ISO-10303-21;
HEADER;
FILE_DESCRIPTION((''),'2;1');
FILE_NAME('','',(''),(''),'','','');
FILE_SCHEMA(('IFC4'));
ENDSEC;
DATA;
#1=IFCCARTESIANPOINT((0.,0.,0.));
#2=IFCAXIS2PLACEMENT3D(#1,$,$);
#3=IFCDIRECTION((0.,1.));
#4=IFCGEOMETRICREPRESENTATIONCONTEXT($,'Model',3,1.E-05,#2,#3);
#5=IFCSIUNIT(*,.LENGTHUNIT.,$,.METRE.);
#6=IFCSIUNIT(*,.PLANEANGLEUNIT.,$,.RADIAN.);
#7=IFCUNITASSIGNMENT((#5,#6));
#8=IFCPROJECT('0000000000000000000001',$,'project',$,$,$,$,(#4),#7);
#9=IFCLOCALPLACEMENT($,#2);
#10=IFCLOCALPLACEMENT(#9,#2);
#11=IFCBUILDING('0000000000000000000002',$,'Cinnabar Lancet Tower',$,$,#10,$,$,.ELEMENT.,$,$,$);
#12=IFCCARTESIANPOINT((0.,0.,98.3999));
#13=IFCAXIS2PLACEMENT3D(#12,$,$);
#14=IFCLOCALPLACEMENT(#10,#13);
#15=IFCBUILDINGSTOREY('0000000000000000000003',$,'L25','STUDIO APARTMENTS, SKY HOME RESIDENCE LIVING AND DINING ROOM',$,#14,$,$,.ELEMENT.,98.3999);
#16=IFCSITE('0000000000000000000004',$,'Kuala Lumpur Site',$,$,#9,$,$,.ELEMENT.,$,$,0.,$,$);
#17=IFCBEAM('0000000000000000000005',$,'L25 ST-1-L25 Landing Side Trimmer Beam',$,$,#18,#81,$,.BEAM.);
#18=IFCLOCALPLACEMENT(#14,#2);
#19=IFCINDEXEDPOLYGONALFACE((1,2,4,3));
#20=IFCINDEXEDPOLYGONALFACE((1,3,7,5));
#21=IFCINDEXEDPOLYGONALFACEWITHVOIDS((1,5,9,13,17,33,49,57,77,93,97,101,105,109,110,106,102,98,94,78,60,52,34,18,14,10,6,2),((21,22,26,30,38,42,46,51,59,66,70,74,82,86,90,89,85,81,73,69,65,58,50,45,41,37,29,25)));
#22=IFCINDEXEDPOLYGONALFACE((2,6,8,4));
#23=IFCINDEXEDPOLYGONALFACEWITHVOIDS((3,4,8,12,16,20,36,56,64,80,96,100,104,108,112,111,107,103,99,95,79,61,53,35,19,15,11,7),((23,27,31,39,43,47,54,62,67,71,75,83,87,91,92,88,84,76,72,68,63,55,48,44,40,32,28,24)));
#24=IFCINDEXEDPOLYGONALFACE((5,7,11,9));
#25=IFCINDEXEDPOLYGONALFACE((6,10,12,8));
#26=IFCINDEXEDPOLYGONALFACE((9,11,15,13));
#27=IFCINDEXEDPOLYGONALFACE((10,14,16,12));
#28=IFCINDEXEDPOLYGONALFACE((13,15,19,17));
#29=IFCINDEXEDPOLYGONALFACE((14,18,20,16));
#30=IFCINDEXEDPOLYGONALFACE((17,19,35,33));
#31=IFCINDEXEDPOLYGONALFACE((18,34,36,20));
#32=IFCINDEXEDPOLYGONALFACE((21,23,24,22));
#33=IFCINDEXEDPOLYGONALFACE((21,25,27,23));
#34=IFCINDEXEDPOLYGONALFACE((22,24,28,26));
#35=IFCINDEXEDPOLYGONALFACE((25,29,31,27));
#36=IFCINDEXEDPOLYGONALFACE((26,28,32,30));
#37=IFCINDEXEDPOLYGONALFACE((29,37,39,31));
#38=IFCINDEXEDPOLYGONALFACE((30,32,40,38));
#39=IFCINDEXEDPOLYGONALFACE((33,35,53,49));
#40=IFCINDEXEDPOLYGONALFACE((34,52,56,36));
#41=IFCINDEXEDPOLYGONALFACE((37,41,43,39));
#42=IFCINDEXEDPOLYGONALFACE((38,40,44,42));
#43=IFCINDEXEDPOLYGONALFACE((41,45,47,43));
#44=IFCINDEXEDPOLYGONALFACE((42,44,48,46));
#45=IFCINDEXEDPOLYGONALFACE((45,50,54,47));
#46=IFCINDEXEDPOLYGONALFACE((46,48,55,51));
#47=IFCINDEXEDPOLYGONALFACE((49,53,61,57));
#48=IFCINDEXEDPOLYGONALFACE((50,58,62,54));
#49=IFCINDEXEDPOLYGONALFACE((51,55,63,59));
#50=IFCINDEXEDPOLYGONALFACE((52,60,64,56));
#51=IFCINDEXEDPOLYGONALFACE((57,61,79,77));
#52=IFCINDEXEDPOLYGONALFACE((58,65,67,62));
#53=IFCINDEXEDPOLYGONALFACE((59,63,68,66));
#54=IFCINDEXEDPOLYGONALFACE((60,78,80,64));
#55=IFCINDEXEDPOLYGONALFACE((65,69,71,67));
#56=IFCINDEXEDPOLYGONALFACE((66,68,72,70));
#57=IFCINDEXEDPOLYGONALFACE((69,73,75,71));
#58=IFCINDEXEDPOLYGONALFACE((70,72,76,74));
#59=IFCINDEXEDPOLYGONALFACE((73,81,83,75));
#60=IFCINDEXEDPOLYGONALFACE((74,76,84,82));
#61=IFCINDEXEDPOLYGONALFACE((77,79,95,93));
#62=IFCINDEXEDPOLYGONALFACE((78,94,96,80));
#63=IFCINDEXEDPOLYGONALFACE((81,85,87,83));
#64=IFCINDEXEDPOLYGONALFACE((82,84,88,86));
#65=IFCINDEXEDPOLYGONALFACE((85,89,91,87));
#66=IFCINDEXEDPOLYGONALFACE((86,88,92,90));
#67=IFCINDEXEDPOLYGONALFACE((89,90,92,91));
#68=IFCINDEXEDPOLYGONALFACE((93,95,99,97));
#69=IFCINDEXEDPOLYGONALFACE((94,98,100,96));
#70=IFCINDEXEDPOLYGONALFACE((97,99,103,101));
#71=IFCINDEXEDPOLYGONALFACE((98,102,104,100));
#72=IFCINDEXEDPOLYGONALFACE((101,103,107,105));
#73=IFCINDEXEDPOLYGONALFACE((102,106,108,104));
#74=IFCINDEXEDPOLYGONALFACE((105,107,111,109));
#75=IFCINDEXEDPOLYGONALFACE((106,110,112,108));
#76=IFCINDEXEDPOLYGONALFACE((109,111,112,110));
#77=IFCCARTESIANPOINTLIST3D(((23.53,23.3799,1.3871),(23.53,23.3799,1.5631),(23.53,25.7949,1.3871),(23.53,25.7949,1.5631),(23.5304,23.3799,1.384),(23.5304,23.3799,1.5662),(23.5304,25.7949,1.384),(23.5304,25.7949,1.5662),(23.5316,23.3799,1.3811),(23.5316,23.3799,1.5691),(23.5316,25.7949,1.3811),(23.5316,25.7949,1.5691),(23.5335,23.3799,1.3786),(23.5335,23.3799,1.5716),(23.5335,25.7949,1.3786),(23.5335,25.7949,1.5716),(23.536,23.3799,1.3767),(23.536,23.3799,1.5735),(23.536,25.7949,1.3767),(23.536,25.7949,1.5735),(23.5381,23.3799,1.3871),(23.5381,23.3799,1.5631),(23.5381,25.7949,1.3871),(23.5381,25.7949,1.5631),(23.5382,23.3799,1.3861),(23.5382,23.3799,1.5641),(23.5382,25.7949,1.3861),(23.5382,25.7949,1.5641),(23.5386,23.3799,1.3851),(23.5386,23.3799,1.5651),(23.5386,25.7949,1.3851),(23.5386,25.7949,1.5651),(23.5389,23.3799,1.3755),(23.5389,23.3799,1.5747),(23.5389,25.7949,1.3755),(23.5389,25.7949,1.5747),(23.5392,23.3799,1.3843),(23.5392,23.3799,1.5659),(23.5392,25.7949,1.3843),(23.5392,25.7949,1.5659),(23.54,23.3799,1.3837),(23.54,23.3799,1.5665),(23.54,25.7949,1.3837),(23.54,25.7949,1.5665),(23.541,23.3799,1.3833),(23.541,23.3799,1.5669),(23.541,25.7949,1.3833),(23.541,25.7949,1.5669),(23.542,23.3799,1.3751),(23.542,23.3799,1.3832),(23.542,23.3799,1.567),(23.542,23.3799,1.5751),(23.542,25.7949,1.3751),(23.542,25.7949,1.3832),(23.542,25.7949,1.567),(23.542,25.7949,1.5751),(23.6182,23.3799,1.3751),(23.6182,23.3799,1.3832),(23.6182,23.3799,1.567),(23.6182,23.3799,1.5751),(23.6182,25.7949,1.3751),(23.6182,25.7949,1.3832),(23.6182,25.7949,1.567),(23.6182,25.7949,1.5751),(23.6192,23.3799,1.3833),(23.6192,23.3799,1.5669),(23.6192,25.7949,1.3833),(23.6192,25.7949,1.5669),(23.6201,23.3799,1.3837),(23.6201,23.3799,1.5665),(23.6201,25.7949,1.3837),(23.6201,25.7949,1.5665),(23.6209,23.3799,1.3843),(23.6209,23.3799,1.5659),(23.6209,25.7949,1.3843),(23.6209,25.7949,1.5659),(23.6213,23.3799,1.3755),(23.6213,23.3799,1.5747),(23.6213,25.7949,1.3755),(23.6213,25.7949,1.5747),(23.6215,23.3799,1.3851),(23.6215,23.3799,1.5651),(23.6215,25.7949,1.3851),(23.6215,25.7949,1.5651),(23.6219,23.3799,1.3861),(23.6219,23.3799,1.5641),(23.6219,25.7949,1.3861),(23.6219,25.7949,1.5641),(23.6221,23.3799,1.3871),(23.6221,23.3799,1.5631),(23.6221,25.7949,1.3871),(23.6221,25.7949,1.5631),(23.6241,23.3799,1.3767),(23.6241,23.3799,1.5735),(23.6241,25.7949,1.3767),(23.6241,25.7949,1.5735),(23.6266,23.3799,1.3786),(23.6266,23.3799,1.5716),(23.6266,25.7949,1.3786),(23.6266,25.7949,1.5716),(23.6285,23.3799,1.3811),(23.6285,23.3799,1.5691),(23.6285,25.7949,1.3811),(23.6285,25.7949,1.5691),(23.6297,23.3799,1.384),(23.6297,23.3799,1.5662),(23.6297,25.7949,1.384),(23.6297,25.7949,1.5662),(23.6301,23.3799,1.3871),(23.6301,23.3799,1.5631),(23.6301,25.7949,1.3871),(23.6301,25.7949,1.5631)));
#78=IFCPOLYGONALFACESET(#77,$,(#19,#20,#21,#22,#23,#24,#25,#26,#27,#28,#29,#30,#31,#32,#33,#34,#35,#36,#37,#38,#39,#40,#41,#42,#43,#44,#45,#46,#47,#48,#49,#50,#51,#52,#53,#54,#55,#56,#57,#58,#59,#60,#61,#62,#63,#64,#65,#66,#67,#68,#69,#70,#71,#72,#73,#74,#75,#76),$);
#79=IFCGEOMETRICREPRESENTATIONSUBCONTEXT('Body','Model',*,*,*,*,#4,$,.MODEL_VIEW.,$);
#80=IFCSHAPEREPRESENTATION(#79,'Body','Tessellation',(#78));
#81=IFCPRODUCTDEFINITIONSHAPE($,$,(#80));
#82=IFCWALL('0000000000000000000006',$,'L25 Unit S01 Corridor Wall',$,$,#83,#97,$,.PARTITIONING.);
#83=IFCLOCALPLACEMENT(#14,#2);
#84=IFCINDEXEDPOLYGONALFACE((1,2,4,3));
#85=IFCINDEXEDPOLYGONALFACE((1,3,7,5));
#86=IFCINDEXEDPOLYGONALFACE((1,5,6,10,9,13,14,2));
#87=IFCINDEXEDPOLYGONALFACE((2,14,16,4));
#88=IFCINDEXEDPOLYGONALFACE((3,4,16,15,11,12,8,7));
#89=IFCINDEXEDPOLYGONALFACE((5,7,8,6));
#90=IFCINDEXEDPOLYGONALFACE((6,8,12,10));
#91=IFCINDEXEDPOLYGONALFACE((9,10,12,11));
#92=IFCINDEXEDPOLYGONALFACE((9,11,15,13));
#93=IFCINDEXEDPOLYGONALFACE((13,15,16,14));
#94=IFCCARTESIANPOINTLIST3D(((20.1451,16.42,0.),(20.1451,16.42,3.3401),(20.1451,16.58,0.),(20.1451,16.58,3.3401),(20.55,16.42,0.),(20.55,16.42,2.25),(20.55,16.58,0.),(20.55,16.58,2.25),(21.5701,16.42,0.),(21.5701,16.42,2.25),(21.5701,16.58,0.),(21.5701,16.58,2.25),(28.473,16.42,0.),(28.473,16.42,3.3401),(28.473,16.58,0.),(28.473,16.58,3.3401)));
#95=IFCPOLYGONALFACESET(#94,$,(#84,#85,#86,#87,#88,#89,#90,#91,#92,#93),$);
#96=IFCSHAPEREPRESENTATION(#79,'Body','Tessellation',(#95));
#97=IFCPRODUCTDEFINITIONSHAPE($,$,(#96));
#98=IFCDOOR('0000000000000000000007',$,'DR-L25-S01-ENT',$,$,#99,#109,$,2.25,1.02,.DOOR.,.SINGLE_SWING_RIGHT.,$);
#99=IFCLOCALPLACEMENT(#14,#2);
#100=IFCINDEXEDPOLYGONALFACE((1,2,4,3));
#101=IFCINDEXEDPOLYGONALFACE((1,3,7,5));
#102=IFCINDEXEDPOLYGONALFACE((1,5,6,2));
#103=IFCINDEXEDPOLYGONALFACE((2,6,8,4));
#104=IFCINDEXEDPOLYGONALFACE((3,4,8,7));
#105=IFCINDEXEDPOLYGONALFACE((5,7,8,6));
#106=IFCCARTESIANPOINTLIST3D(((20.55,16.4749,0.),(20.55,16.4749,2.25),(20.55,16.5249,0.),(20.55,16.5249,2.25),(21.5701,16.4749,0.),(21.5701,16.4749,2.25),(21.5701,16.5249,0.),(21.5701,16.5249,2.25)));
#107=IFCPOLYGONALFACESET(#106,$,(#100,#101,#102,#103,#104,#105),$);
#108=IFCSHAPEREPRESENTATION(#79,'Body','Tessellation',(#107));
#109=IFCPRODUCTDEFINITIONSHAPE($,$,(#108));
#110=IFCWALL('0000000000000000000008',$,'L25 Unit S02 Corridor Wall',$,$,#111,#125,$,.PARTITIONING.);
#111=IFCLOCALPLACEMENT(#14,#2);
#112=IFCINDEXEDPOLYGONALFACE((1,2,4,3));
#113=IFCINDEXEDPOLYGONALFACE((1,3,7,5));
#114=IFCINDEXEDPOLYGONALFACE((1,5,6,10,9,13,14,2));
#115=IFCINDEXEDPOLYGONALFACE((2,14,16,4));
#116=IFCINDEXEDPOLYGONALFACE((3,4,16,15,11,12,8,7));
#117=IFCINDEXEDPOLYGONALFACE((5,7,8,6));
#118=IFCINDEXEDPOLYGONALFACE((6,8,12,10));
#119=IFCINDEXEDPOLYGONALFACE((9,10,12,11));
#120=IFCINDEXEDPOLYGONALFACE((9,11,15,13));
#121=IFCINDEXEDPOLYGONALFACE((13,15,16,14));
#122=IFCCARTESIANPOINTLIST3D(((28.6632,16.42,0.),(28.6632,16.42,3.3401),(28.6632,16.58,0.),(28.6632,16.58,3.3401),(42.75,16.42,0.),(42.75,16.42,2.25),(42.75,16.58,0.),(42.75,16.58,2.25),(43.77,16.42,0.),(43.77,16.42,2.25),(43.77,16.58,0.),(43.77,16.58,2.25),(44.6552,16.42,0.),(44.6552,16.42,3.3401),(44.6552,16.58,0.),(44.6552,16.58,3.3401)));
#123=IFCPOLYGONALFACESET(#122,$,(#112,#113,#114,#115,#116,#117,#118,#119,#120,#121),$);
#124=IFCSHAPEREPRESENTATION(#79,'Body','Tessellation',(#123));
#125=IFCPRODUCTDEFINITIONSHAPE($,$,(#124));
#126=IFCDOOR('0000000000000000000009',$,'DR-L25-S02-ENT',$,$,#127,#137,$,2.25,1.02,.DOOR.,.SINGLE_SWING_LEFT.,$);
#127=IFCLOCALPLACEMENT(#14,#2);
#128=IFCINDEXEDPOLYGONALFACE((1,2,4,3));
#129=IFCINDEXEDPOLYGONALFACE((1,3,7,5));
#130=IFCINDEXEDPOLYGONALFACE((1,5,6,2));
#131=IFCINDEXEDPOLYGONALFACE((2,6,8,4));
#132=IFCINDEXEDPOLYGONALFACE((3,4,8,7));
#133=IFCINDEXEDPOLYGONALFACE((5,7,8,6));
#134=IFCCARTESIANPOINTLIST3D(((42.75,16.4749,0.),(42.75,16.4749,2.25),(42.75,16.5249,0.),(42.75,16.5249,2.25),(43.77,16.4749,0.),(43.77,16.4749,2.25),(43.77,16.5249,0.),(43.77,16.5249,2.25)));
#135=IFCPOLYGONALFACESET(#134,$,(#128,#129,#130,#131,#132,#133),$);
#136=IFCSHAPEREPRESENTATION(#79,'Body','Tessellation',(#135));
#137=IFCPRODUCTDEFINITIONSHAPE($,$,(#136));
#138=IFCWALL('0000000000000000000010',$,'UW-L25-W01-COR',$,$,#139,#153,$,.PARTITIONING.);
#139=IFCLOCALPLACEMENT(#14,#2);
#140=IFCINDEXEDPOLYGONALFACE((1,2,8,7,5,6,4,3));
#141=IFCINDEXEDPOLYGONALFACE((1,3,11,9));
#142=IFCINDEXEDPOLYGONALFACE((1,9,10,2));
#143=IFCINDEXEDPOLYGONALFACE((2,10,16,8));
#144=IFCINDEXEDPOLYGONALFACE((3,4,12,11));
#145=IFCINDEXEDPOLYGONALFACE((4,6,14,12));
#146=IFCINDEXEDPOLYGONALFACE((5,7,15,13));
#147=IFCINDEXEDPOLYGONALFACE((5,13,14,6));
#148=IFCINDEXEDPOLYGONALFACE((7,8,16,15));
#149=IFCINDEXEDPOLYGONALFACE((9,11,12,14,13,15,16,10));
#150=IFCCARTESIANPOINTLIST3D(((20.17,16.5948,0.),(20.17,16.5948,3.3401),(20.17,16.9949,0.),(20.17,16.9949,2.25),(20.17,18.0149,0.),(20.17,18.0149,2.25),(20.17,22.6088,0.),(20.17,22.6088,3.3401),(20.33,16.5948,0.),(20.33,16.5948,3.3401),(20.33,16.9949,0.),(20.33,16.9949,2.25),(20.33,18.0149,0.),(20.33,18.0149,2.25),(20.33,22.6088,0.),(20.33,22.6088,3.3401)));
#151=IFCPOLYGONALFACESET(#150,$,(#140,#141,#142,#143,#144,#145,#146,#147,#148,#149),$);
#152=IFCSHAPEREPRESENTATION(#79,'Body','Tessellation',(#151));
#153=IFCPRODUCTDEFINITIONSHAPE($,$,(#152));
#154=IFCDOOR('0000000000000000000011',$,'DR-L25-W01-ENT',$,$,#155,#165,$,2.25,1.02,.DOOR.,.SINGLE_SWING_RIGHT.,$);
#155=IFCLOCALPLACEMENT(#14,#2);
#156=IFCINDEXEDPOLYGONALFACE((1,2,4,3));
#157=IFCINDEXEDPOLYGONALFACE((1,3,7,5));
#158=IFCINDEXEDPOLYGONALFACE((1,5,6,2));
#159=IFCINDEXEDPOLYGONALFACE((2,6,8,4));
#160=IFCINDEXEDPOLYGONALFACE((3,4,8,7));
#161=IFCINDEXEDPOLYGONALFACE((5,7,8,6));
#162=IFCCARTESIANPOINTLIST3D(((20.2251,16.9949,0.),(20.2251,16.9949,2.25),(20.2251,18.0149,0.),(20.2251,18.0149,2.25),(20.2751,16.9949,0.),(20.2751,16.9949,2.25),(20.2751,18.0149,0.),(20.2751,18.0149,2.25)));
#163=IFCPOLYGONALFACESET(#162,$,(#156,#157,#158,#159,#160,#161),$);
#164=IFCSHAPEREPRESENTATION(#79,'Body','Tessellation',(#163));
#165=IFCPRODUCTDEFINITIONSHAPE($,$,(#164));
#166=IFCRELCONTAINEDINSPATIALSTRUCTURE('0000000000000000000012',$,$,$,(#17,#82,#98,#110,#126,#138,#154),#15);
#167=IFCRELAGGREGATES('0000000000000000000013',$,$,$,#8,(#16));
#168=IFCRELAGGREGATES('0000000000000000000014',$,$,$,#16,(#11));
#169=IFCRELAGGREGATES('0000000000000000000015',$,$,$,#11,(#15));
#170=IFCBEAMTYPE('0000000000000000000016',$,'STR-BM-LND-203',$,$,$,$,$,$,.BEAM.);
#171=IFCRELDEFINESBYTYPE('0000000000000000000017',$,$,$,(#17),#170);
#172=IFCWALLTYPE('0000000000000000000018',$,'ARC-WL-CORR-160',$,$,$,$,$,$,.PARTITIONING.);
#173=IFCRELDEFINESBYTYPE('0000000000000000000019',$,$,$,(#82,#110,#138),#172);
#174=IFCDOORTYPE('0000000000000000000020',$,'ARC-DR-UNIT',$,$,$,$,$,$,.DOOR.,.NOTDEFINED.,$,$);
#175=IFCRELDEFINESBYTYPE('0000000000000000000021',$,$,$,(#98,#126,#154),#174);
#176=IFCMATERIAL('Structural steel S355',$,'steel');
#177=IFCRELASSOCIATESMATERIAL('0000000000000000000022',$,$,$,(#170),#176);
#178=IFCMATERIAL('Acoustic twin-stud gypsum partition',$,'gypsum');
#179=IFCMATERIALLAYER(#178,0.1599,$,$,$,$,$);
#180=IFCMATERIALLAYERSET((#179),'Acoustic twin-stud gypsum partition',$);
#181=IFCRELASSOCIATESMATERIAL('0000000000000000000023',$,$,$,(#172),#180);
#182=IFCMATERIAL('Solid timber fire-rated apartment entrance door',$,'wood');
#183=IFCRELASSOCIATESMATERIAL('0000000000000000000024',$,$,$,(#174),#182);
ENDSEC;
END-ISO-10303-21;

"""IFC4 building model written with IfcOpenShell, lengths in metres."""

from ifc_helpers import new_model, si_unit, direction, frame, frame_2d, origin, origin_2d, place, context, subcontext, project, spatial, rectangle, hollow_rectangle, extrude, material, layer, layer_set, material_profile, profile_set, type_object, element, fill, save


model = new_model("IFC4")

# Units and contexts
model_context = context("Model", 3, precision=1e-05, world=origin(), true_north=direction((0.0, 1.0)))
body_context = subcontext(model_context, "Body", "Model", "MODEL_VIEW")
ifc_project = project(units=[si_unit("LENGTHUNIT", "METRE"), si_unit("PLANEANGLEUNIT", "RADIAN")], contexts=[model_context])

# Site, building, storey
site_placement = place(None, origin())
site = spatial("IfcSite", under=ifc_project, at=site_placement, Name="Kuala Lumpur Site", CompositionType="ELEMENT", RefElevation=0.0)
building_placement = place(site_placement, origin())
building = spatial("IfcBuilding", under=site, at=building_placement, Name="Cinnabar Lancet Tower", CompositionType="ELEMENT")
storey_placement = place(building_placement, frame((0.0, 0.0, 98.3999)))
storey = spatial("IfcBuildingStorey", under=building, at=storey_placement, Name="L25", Description="STUDIO APARTMENTS, SKY HOME RESIDENCE LIVING AND DINING ROOM", CompositionType="ELEMENT", Elevation=98.3999)

# Beam
ifc_material_1 = material(Name="Structural steel S355", Category="steel")
ifc_material_profile_1 = material_profile(ifc_material_1, hollow_rectangle(XDim=0.1001, YDim=0.2, WallThickness=0.0081, InnerFilletRadius=0.0039, OuterFilletRadius=0.012, at=origin_2d()), Name="RHS 200x100x8")
ifc_profile_set_1 = profile_set([ifc_material_profile_1], Name="Structural steel S355")
beam_type_1 = type_object("IfcBeamType", Name="STR-BM-LND-203", PredefinedType="BEAM", material=ifc_profile_set_1)
beam_1_placement = place(storey_placement, frame((23.5801, 23.3799, 1.4751), z_axis=(0.0, 1.0, 0.0), x_axis=(-1.0, 0.0, 0.0)))
element("IfcBeam", 1, at=beam_1_placement, inside=storey, type_object=beam_type_1, Name="L25 ST-1-L25 Landing Side Trimmer Beam", PredefinedType="BEAM", context=body_context, shape_type="SweptSolid", body=[
    extrude(hollow_rectangle(XDim=0.1001, YDim=0.2, WallThickness=0.0081, InnerFilletRadius=0.0039, OuterFilletRadius=0.012, at=origin_2d()), origin(), (0.0, 0.0, 1.0), 2.415),
])

# Walls, openings, doors
ifc_material_2 = material(Name="Acoustic twin-stud gypsum partition", Category="gypsum")
ifc_layer_1 = layer(ifc_material_2, 0.1599)
ifc_layer_set_1 = layer_set([ifc_layer_1], Name="Acoustic twin-stud gypsum partition")
wall_type_1 = type_object("IfcWallType", Name="ARC-WL-CORR-160", PredefinedType="PARTITIONING", material=ifc_layer_set_1)
wall_1_placement = place(storey_placement, frame((20.145, 16.5, 0.0), z_axis=(0.0, 0.0, 1.0), x_axis=(1.0, 0.0, 0.0)))
wall_1 = element("IfcWall", 2, at=wall_1_placement, inside=storey, type_object=wall_type_1, Name="L25 Unit S01 Corridor Wall", PredefinedType="PARTITIONING", context=body_context, shape_type="SweptSolid", body=[
    extrude(rectangle(XDim=8.3279, YDim=0.1599, at=frame_2d((4.1641, 0.0))), origin(), (0.0, 0.0, 1.0), 3.3401),
])
opening_1_placement = place(wall_1_placement, frame((0.405, 0.0, 0.0)))
opening_1 = element("IfcOpeningElement", 3, at=opening_1_placement, cuts=wall_1, PredefinedType="OPENING", context=body_context, shape_type="SweptSolid", body=[
    extrude(rectangle(XDim=1.02, YDim=2.25, at=frame_2d((0.51, 1.125))), frame((0.0, 0.0898, 0.0), z_axis=(0.0, -1.0, 0.0), x_axis=(1.0, 0.0, 0.0)), (0.0, 0.0, 1.0), 0.1799),
])
ifc_material_3 = material(Name="Solid timber fire-rated apartment entrance door", Category="wood")
door_type_1 = type_object("IfcDoorType", Name="ARC-DR-UNIT", OperationType="NOTDEFINED", PredefinedType="DOOR", material=ifc_material_3)
door_1_placement = place(opening_1_placement, origin())
door_1 = element("IfcDoor", 4, at=door_1_placement, inside=storey, type_object=door_type_1, Name="DR-L25-S01-ENT", OperationType="SINGLE_SWING_RIGHT", OverallHeight=2.25, OverallWidth=1.02, PredefinedType="DOOR", context=body_context, shape_type="SweptSolid", body=[
    extrude(rectangle(XDim=1.02, YDim=2.25, at=frame_2d((0.51, 1.125))), frame((0.0, 0.0249, 0.0), z_axis=(0.0, -1.0, 0.0), x_axis=(1.0, 0.0, 0.0)), (0.0, 0.0, 1.0), 0.05),
])
fill(opening_1, door_1)
wall_2_placement = place(storey_placement, frame((28.6631, 16.5, 0.0), z_axis=(0.0, 0.0, 1.0), x_axis=(1.0, 0.0, 0.0)))
wall_2 = element("IfcWall", 5, at=wall_2_placement, inside=storey, type_object=wall_type_1, Name="L25 Unit S02 Corridor Wall", PredefinedType="PARTITIONING", context=body_context, shape_type="SweptSolid", body=[
    extrude(rectangle(XDim=15.9919, YDim=0.1599, at=frame_2d((7.9961, 0.0))), origin(), (0.0, 0.0, 1.0), 3.3401),
])
opening_2_placement = place(wall_2_placement, frame((14.0869, 0.0, 0.0)))
opening_2 = element("IfcOpeningElement", 6, at=opening_2_placement, cuts=wall_2, PredefinedType="OPENING", context=body_context, shape_type="SweptSolid", body=[
    extrude(rectangle(XDim=1.02, YDim=2.25, at=frame_2d((0.51, 1.125))), frame((0.0, 0.0898, 0.0), z_axis=(0.0, -1.0, 0.0), x_axis=(1.0, 0.0, 0.0)), (0.0, 0.0, 1.0), 0.1799),
])
door_2_placement = place(opening_2_placement, origin())
door_2 = element("IfcDoor", 7, at=door_2_placement, inside=storey, type_object=door_type_1, Name="DR-L25-S02-ENT", OperationType="SINGLE_SWING_LEFT", OverallHeight=2.25, OverallWidth=1.02, PredefinedType="DOOR", context=body_context, shape_type="SweptSolid", body=[
    extrude(rectangle(XDim=1.02, YDim=2.25, at=frame_2d((0.51, 1.125))), frame((0.0, 0.0249, 0.0), z_axis=(0.0, -1.0, 0.0), x_axis=(1.0, 0.0, 0.0)), (0.0, 0.0, 1.0), 0.05),
])
fill(opening_2, door_2)
wall_3_placement = place(storey_placement, frame((20.25, 16.595, 0.0), z_axis=(0.0, 0.0, 1.0), x_axis=(0.0, 1.0, 0.0)))
wall_3 = element("IfcWall", 8, at=wall_3_placement, inside=storey, type_object=wall_type_1, Name="UW-L25-W01-COR", PredefinedType="PARTITIONING", context=body_context, shape_type="SweptSolid", body=[
    extrude(rectangle(XDim=6.0139, YDim=0.1599, at=frame_2d((3.0068, 0.0))), origin(), (0.0, 0.0, 1.0), 3.3401),
])
opening_3_placement = place(wall_3_placement, frame((0.3999, 0.0, 0.0)))
opening_3 = element("IfcOpeningElement", 9, at=opening_3_placement, cuts=wall_3, PredefinedType="OPENING", context=body_context, shape_type="SweptSolid", body=[
    extrude(rectangle(XDim=1.02, YDim=2.25, at=frame_2d((0.51, 1.125))), frame((0.0, 0.0898, 0.0), z_axis=(0.0, -1.0, 0.0), x_axis=(1.0, 0.0, 0.0)), (0.0, 0.0, 1.0), 0.1799),
])
door_3_placement = place(opening_3_placement, origin())
door_3 = element("IfcDoor", 10, at=door_3_placement, inside=storey, type_object=door_type_1, Name="DR-L25-W01-ENT", OperationType="SINGLE_SWING_RIGHT", OverallHeight=2.25, OverallWidth=1.02, PredefinedType="DOOR", context=body_context, shape_type="SweptSolid", body=[
    extrude(rectangle(XDim=1.02, YDim=2.25, at=frame_2d((0.51, 1.125))), frame((0.0, 0.0249, 0.0), z_axis=(0.0, -1.0, 0.0), x_axis=(1.0, 0.0, 0.0)), (0.0, 0.0, 1.0), 0.05),
])
fill(opening_3, door_3)

save(model, "model.ifc")
